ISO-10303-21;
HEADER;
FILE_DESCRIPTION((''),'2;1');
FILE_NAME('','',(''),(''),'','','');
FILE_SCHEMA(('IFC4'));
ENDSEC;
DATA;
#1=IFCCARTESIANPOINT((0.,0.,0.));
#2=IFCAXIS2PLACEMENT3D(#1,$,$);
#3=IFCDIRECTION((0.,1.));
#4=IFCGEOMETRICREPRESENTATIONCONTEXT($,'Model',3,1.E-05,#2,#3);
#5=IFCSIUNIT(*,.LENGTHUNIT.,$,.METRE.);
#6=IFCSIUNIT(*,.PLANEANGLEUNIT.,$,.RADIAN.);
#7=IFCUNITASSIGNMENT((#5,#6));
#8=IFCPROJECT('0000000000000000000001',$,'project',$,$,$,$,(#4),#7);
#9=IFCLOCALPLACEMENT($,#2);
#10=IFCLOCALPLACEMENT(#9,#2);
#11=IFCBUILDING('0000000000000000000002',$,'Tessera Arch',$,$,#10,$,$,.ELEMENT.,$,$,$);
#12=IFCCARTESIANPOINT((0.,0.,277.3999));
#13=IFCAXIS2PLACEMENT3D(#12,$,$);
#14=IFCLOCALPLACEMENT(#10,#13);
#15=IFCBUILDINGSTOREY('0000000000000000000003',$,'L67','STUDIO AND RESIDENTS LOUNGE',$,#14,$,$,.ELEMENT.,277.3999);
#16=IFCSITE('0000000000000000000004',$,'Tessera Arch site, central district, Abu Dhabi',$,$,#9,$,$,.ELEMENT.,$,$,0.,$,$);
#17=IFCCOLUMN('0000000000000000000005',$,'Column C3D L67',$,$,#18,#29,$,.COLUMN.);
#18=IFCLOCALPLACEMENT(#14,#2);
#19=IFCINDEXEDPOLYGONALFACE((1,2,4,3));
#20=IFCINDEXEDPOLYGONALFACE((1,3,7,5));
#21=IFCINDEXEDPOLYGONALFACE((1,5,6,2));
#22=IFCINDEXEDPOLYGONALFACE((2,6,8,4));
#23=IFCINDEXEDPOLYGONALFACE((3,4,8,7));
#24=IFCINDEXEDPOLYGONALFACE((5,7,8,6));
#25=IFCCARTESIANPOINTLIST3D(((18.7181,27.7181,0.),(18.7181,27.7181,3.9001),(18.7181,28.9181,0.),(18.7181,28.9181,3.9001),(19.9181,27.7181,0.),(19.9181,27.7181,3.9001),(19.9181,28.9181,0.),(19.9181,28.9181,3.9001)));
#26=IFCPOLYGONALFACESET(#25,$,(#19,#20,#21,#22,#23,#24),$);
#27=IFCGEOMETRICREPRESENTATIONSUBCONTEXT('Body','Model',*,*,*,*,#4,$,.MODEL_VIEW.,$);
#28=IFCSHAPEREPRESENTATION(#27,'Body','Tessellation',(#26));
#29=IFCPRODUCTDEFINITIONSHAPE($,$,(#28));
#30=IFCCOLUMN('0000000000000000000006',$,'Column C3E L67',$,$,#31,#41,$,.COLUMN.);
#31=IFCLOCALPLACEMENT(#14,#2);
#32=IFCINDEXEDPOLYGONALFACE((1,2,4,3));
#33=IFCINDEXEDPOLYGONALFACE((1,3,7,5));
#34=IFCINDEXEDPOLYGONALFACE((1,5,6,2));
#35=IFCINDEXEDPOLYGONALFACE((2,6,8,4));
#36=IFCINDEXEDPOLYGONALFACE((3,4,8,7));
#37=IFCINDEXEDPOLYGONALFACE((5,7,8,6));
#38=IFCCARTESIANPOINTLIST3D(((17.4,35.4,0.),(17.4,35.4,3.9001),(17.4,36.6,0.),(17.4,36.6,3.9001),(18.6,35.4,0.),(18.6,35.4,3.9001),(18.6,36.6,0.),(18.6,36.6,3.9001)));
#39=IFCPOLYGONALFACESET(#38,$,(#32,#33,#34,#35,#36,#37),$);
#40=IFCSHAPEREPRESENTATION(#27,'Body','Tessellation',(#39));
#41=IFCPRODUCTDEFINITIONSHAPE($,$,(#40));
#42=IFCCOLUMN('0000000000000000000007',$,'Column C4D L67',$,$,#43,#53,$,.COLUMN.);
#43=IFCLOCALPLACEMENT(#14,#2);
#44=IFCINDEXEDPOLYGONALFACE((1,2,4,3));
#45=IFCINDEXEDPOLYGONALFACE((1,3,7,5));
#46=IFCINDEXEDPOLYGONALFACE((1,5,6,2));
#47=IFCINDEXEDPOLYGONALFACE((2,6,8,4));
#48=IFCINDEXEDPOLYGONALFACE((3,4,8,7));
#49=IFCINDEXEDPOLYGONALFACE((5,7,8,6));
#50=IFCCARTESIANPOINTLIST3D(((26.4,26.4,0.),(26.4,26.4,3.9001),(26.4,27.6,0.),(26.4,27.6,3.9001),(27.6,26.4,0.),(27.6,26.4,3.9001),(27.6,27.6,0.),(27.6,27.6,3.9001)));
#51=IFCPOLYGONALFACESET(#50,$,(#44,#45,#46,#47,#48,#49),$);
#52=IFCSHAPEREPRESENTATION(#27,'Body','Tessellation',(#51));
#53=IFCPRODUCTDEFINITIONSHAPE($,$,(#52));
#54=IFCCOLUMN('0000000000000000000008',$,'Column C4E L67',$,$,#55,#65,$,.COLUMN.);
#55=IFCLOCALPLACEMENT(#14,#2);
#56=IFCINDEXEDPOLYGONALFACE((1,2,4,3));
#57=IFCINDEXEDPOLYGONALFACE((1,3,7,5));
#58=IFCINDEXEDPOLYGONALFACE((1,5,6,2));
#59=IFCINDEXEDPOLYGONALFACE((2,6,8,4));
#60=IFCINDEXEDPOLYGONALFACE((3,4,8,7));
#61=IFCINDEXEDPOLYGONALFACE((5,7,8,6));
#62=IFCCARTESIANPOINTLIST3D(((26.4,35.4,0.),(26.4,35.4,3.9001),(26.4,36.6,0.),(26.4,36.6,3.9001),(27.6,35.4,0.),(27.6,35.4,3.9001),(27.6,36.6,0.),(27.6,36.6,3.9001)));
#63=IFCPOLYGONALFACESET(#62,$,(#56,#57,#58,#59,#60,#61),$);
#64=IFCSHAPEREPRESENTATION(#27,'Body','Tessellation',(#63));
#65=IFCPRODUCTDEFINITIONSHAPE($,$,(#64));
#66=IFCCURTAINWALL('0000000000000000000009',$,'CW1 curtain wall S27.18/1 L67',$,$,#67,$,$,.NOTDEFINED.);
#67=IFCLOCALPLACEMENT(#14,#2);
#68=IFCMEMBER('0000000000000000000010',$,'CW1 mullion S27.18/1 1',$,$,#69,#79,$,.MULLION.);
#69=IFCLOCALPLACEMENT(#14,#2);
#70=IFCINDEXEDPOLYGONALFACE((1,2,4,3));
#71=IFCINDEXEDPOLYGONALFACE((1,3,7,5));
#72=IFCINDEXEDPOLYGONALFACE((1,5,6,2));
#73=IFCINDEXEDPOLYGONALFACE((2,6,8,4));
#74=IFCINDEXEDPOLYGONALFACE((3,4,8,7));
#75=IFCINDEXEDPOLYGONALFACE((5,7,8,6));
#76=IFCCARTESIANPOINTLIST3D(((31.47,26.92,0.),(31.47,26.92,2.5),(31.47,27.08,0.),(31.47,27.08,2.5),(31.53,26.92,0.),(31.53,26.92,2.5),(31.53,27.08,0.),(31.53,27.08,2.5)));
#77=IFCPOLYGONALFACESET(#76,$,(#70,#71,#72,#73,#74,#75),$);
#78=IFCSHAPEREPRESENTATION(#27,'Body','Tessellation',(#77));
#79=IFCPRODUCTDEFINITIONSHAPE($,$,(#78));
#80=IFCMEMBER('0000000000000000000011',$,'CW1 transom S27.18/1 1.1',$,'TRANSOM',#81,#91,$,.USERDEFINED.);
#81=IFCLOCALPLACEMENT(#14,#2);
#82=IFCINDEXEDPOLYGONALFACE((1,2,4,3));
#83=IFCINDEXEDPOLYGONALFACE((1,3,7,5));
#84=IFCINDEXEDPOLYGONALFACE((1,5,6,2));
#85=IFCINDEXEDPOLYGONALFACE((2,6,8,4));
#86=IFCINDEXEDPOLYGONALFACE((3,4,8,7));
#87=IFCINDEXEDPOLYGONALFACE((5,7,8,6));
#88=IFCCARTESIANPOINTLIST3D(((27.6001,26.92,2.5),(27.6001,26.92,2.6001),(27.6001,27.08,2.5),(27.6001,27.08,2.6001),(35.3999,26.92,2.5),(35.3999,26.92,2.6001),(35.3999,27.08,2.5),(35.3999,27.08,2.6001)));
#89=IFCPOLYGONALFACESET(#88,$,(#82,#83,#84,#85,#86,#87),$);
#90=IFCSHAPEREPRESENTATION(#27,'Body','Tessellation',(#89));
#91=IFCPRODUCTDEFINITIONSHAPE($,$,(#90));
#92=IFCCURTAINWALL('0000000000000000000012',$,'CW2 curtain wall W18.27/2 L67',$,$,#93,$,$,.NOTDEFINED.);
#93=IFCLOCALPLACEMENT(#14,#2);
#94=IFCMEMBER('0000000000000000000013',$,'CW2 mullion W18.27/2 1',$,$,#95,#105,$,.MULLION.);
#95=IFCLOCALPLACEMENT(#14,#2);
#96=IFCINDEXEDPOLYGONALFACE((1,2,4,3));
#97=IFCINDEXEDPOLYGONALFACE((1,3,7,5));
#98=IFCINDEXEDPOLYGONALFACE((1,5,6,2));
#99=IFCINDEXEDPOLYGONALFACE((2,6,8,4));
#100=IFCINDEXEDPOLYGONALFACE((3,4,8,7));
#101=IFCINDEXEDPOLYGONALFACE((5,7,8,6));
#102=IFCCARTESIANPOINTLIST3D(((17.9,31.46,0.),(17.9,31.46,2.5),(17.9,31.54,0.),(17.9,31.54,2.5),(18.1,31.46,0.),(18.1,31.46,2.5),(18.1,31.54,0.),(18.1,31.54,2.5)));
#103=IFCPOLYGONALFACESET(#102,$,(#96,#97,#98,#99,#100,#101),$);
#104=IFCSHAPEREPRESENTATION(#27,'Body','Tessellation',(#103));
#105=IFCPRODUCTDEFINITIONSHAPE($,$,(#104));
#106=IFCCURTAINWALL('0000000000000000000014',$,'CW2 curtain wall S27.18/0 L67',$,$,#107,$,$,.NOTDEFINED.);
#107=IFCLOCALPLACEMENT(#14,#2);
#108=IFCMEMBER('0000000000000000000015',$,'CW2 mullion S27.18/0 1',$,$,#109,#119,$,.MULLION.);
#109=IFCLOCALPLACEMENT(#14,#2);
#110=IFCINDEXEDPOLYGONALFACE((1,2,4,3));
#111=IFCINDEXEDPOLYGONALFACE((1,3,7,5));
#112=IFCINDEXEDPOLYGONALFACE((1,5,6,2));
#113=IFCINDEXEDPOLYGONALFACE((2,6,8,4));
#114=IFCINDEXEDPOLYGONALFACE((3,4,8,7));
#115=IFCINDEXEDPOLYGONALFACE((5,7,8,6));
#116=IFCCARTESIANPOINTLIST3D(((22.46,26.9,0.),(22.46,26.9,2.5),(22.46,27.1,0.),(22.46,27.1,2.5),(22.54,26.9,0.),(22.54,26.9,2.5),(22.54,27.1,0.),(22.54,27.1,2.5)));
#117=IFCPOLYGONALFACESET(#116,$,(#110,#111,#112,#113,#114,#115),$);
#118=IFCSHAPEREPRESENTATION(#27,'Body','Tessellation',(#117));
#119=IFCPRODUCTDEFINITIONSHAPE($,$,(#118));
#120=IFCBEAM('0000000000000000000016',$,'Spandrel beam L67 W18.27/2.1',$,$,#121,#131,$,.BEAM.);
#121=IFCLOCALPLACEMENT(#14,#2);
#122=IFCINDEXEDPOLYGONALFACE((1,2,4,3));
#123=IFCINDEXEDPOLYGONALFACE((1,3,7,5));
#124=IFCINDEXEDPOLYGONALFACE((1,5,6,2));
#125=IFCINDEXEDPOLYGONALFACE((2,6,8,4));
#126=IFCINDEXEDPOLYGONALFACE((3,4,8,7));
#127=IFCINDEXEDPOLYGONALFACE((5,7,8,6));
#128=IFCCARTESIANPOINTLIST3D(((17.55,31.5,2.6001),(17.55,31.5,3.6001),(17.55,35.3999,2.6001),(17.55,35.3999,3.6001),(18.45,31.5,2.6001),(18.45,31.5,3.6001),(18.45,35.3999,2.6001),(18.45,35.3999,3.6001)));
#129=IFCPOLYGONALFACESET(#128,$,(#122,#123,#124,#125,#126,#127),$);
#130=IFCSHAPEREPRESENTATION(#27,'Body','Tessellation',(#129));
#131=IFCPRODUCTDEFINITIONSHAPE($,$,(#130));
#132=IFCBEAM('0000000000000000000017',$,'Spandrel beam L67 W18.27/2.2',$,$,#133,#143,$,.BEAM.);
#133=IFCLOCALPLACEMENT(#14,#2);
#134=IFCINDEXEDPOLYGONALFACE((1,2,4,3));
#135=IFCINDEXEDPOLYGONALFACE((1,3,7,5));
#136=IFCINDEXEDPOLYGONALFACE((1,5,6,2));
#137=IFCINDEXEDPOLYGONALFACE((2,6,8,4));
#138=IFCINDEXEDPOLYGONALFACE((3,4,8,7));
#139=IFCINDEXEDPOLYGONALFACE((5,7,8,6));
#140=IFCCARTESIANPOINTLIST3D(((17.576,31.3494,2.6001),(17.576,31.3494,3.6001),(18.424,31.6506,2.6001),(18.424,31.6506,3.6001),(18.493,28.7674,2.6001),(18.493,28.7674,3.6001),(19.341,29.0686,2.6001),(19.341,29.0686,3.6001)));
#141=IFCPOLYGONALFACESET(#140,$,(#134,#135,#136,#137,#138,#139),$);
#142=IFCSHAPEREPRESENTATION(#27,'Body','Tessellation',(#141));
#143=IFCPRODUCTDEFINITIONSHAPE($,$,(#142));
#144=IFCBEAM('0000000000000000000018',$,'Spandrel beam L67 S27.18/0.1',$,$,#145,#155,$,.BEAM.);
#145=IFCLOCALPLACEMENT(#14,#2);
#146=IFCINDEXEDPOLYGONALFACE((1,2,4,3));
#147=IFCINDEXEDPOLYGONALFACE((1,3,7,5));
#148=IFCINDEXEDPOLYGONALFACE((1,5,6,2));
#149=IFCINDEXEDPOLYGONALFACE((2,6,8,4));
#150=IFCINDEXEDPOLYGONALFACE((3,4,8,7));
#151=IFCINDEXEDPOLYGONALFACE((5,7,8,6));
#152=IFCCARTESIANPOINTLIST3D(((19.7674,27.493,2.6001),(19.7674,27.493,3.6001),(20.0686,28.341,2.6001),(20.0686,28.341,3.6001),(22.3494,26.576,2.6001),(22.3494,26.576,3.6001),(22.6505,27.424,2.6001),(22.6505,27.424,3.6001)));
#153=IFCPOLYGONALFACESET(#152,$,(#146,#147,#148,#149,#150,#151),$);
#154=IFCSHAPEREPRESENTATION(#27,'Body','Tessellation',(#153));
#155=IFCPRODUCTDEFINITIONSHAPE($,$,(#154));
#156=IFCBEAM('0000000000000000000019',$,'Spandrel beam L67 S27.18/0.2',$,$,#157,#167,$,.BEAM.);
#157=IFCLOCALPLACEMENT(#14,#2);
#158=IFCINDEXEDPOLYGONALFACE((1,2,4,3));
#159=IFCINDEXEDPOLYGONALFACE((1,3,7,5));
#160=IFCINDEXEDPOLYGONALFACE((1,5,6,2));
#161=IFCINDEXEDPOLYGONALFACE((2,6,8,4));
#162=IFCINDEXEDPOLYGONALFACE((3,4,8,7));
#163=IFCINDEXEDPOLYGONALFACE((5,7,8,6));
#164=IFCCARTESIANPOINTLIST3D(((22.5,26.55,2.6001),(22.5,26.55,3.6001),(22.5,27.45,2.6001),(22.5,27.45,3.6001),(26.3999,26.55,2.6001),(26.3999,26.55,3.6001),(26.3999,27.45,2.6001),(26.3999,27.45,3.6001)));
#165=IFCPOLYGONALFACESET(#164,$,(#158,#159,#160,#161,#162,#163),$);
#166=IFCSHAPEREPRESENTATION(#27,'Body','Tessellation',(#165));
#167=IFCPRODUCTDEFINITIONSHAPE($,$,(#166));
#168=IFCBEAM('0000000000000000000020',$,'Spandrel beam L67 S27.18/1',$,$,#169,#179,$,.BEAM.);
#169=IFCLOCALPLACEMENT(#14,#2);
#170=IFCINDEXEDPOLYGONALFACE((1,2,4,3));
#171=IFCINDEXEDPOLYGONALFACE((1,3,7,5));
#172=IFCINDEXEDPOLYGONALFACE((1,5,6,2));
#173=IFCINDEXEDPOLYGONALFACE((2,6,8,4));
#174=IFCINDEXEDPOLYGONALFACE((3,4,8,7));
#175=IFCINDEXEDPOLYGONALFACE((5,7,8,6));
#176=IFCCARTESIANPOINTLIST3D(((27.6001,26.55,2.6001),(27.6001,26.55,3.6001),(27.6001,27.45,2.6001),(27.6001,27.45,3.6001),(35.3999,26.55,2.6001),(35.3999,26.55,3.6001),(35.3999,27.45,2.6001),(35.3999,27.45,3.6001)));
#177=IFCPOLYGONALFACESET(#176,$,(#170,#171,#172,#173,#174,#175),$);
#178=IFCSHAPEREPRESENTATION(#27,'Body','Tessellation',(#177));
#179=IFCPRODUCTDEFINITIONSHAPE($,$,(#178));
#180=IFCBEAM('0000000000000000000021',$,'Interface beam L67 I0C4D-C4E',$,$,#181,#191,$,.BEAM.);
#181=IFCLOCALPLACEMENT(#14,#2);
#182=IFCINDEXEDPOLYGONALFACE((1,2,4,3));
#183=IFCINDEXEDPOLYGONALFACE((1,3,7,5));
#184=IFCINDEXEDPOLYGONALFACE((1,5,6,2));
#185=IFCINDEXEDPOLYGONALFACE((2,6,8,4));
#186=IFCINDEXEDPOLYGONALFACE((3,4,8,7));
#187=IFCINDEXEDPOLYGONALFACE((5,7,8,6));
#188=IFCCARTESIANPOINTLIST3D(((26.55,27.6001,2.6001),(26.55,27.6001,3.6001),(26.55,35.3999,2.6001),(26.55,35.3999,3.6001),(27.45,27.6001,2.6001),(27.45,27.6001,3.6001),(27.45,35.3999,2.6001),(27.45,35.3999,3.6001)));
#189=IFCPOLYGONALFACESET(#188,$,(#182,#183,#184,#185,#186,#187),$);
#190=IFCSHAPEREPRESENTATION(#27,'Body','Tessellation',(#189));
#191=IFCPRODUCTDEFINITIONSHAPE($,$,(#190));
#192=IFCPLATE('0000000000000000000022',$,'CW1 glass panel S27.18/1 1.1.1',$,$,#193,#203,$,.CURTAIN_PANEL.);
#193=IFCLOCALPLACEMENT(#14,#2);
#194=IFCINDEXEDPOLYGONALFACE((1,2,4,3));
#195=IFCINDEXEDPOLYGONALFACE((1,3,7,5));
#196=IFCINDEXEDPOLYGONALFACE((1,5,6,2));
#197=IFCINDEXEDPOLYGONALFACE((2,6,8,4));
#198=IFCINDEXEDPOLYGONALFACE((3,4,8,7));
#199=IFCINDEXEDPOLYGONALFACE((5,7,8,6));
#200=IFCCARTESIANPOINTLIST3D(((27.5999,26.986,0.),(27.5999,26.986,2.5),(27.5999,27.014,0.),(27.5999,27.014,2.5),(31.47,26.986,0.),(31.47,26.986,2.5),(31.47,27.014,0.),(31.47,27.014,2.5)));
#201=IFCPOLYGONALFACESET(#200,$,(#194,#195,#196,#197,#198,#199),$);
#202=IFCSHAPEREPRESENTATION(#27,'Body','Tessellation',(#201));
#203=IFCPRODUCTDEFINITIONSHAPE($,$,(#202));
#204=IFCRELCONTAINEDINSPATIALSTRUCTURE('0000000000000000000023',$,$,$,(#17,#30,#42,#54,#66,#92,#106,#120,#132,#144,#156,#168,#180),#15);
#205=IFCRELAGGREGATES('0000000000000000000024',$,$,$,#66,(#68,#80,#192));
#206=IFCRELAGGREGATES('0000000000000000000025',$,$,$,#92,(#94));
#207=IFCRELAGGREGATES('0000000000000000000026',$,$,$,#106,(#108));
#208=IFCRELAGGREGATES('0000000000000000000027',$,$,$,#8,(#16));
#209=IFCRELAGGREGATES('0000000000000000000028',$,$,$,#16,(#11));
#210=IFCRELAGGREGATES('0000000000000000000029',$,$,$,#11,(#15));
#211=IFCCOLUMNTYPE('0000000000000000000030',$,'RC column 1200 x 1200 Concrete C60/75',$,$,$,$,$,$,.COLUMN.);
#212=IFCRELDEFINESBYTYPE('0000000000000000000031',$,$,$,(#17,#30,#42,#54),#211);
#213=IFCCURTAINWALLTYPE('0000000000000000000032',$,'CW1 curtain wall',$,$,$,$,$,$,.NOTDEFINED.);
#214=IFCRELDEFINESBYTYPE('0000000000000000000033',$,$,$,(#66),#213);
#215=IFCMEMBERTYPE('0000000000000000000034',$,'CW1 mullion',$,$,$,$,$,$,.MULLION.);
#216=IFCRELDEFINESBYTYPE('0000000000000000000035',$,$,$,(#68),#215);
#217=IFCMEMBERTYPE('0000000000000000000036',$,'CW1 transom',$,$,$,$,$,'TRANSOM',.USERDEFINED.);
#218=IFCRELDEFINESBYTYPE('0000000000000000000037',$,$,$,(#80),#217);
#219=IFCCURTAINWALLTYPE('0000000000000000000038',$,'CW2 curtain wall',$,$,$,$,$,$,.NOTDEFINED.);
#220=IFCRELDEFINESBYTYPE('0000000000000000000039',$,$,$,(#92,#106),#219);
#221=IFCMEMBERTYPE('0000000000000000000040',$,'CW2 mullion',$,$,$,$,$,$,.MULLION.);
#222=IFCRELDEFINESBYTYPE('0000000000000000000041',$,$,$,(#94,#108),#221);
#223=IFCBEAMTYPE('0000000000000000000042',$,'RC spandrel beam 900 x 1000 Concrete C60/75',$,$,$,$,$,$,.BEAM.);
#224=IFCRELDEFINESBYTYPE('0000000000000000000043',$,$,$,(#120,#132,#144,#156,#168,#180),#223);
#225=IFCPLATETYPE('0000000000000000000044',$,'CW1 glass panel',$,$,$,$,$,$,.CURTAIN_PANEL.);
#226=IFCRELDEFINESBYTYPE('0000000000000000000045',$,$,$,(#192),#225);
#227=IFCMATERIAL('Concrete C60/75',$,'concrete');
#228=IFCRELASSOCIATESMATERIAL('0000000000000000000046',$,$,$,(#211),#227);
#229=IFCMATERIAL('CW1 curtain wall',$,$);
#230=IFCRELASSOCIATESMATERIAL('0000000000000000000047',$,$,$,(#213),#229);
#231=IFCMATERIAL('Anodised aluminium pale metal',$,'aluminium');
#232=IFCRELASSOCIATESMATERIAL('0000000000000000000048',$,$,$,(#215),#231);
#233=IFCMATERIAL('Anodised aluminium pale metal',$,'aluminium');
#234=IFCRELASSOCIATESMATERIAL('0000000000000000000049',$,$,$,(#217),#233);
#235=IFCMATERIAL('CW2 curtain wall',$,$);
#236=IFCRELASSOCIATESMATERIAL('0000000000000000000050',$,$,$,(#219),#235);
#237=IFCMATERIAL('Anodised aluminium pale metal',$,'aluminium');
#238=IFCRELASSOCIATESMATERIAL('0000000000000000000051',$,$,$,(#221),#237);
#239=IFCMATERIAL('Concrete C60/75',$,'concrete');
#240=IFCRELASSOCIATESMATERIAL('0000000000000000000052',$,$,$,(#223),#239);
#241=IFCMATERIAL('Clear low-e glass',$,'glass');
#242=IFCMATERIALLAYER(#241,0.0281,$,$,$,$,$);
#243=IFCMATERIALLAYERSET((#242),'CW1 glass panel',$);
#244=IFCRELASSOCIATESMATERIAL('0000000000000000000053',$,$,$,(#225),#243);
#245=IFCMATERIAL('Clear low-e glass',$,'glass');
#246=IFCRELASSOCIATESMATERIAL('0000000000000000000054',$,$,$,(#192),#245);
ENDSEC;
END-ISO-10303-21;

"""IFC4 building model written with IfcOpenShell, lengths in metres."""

from ifc_helpers import new_model, si_unit, direction, frame, origin, origin_2d, place, context, subcontext, project, spatial, rectangle, extrude, material, layer, layer_set, material_profile, profile_set, type_object, element, aggregate, save


model = new_model("IFC4")

# Units and contexts
model_context = context("Model", 3, precision=1e-05, world=origin(), true_north=direction((0.0, 1.0)))
body_context = subcontext(model_context, "Body", "Model", "MODEL_VIEW")
ifc_project = project(units=[si_unit("LENGTHUNIT", "METRE"), si_unit("PLANEANGLEUNIT", "RADIAN")], contexts=[model_context])

# Site, building, storey
site_placement = place(None, origin())
site = spatial("IfcSite", under=ifc_project, at=site_placement, Name="Tessera Arch site, central district, Abu Dhabi", CompositionType="ELEMENT", RefElevation=0.0)
building_placement = place(site_placement, origin())
building = spatial("IfcBuilding", under=site, at=building_placement, Name="Tessera Arch", CompositionType="ELEMENT")
storey_placement = place(building_placement, frame((0.0, 0.0, 277.3999)))
storey = spatial("IfcBuildingStorey", under=building, at=storey_placement, Name="L67", Description="STUDIO AND RESIDENTS LOUNGE", CompositionType="ELEMENT", Elevation=277.3999)

# Columns
ifc_material_1 = material(Name="Concrete C60/75", Category="concrete")
ifc_material_profile_1 = material_profile(ifc_material_1, rectangle(XDim=1.2, YDim=1.2, at=origin_2d()), Name="RC column 1200 x 1200 Concrete C60/75")
ifc_profile_set_1 = profile_set([ifc_material_profile_1], Name="Concrete C60/75")
column_type = type_object("IfcColumnType", Name="RC column 1200 x 1200 Concrete C60/75", PredefinedType="COLUMN", material=ifc_profile_set_1)
for number, where, z_axis, x_axis, name in (
    (1, (19.3181, 28.3181, 0.0), (0.0, 0.0, 1.0), (1.0, 0.0, 0.0), "Column C3D L67"),
    (2, (18.0, 36.0, 0.0), (0.0, 0.0, 1.0), (1.0, 0.0, 0.0), "Column C3E L67"),
    (3, (27.0, 27.0, 0.0), (0.0, 0.0, 1.0), (1.0, 0.0, 0.0), "Column C4D L67"),
    (4, (27.0, 36.0, 0.0), (0.0, 0.0, 1.0), (1.0, 0.0, 0.0), "Column C4E L67"),
):
    element("IfcColumn", number, at=place(storey_placement, frame(where, z_axis=z_axis, x_axis=x_axis)), inside=storey, type_object=column_type, Name=name, PredefinedType="COLUMN", context=body_context, shape_type="SweptSolid", body=[
        extrude(rectangle(XDim=1.2, YDim=1.2, at=origin_2d()), origin(), (0.0, 0.0, 1.0), 3.9001),
    ])

# Curtain wall, members
ifc_material_2 = material(Name="CW1 curtain wall")
curtain_wall_type_1 = type_object("IfcCurtainWallType", Name="CW1 curtain wall", PredefinedType="NOTDEFINED", material=ifc_material_2)
curtain_wall_1_placement = place(storey_placement, origin())
curtain_wall_1 = element("IfcCurtainWall", 5, at=curtain_wall_1_placement, inside=storey, type_object=curtain_wall_type_1, Name="CW1 curtain wall S27.18/1 L67", PredefinedType="NOTDEFINED")
ifc_material_3 = material(Name="Anodised aluminium pale metal", Category="aluminium")
ifc_material_profile_2 = material_profile(ifc_material_3, rectangle(XDim=0.1599, YDim=0.0601, at=origin_2d()), Name="AL 60x160")
ifc_profile_set_2 = profile_set([ifc_material_profile_2], Name="Anodised aluminium pale metal")
member_type_1 = type_object("IfcMemberType", Name="CW1 mullion", PredefinedType="MULLION", material=ifc_profile_set_2)
member_1_placement = place(storey_placement, frame((31.5, 27.0, 0.0), z_axis=(0.0, 0.0, 1.0), x_axis=(0.0, 1.0, 0.0)))
member_1 = element("IfcMember", 6, at=member_1_placement, type_object=member_type_1, Name="CW1 mullion S27.18/1 1", PredefinedType="MULLION", context=body_context, shape_type="SweptSolid", body=[
    extrude(rectangle(XDim=0.1599, YDim=0.0601, at=origin_2d()), origin(), (0.0, 0.0, 1.0), 2.5),
])
ifc_material_4 = material(Name="Anodised aluminium pale metal", Category="aluminium")
ifc_material_profile_3 = material_profile(ifc_material_4, rectangle(XDim=0.1599, YDim=0.1001, at=origin_2d()), Name="AL 160x100")
ifc_profile_set_3 = profile_set([ifc_material_profile_3], Name="Anodised aluminium pale metal")
member_type_2 = type_object("IfcMemberType", Name="CW1 transom", ElementType="TRANSOM", PredefinedType="USERDEFINED", material=ifc_profile_set_3)
member_2_placement = place(storey_placement, frame((27.6001, 27.0, 2.55), z_axis=(1.0, 0.0, 0.0), x_axis=(0.0, 1.0, 0.0)))
member_2 = element("IfcMember", 7, at=member_2_placement, type_object=member_type_2, Name="CW1 transom S27.18/1 1.1", ObjectType="TRANSOM", PredefinedType="USERDEFINED", context=body_context, shape_type="SweptSolid", body=[
    extrude(rectangle(XDim=0.1599, YDim=0.1001, at=origin_2d()), origin(), (0.0, 0.0, 1.0), 7.7998),
])

# Curtain walls, members
ifc_material_5 = material(Name="CW2 curtain wall")
curtain_wall_type_2 = type_object("IfcCurtainWallType", Name="CW2 curtain wall", PredefinedType="NOTDEFINED", material=ifc_material_5)
curtain_wall_2_placement = place(storey_placement, origin())
curtain_wall_2 = element("IfcCurtainWall", 8, at=curtain_wall_2_placement, inside=storey, type_object=curtain_wall_type_2, Name="CW2 curtain wall W18.27/2 L67", PredefinedType="NOTDEFINED")
ifc_material_6 = material(Name="Anodised aluminium pale metal", Category="aluminium")
ifc_material_profile_4 = material_profile(ifc_material_6, rectangle(XDim=0.2, YDim=0.0801, at=origin_2d()), Name="AL 80x200")
ifc_profile_set_4 = profile_set([ifc_material_profile_4], Name="Anodised aluminium pale metal")
member_type_3 = type_object("IfcMemberType", Name="CW2 mullion", PredefinedType="MULLION", material=ifc_profile_set_4)
member_3_placement = place(storey_placement, frame((18.0, 31.5, 0.0), z_axis=(0.0, 0.0, 1.0), x_axis=(1.0, 0.0, 0.0)))
member_3 = element("IfcMember", 9, at=member_3_placement, type_object=member_type_3, Name="CW2 mullion W18.27/2 1", PredefinedType="MULLION", context=body_context, shape_type="SweptSolid", body=[
    extrude(rectangle(XDim=0.2, YDim=0.0801, at=origin_2d()), origin(), (0.0, 0.0, 1.0), 2.5),
])
curtain_wall_3_placement = place(storey_placement, origin())
curtain_wall_3 = element("IfcCurtainWall", 10, at=curtain_wall_3_placement, inside=storey, type_object=curtain_wall_type_2, Name="CW2 curtain wall S27.18/0 L67", PredefinedType="NOTDEFINED")
member_4_placement = place(storey_placement, frame((22.5, 27.0, 0.0), z_axis=(0.0, 0.0, 1.0), x_axis=(0.0, 1.0, 0.0)))
member_4 = element("IfcMember", 11, at=member_4_placement, type_object=member_type_3, Name="CW2 mullion S27.18/0 1", PredefinedType="MULLION", context=body_context, shape_type="SweptSolid", body=[
    extrude(rectangle(XDim=0.2, YDim=0.0801, at=origin_2d()), origin(), (0.0, 0.0, 1.0), 2.5),
])

# Beams
ifc_material_7 = material(Name="Concrete C60/75", Category="concrete")
ifc_material_profile_5 = material_profile(ifc_material_7, rectangle(XDim=0.8999, YDim=1.0, at=origin_2d()), Name="RC spandrel beam 900 x 1000 Concrete C60/75")
ifc_profile_set_5 = profile_set([ifc_material_profile_5], Name="Concrete C60/75")
beam_type = type_object("IfcBeamType", Name="RC spandrel beam 900 x 1000 Concrete C60/75", PredefinedType="BEAM", material=ifc_profile_set_5)
beam_1_placement = place(storey_placement, frame((18.0, 35.3999, 3.1001), z_axis=(0.0, -1.0, 0.0), x_axis=(1.0, 0.0, 0.0)))
element("IfcBeam", 12, at=beam_1_placement, inside=storey, type_object=beam_type, Name="Spandrel beam L67 W18.27/2.1", PredefinedType="BEAM", context=body_context, shape_type="SweptSolid", body=[
    extrude(rectangle(XDim=0.8999, YDim=1.0, at=origin_2d()), origin(), (0.0, 0.0, 1.0), 3.8999),
])
for number, where, z_axis, x_axis, name in (
    (13, (18.0, 31.5, 3.1001), (0.334665, -0.942337, 0.0), (0.942337, 0.334665, 0.0), "Spandrel beam L67 W18.27/2.2"),
    (14, (19.918, 27.917, 3.1001), (0.942337, -0.334665, 0.0), (0.334665, 0.942337, 0.0), "Spandrel beam L67 S27.18/0.1"),
):
    element("IfcBeam", number, at=place(storey_placement, frame(where, z_axis=z_axis, x_axis=x_axis)), inside=storey, type_object=beam_type, Name=name, PredefinedType="BEAM", context=body_context, shape_type="SweptSolid", body=[
        extrude(rectangle(XDim=0.8999, YDim=1.0, at=origin_2d()), origin(), (0.0, 0.0, 1.0), 2.74),
    ])
beam_2_placement = place(storey_placement, frame((22.5, 27.0, 3.1001), z_axis=(1.0, 0.0, 0.0), x_axis=(0.0, 1.0, 0.0)))
element("IfcBeam", 15, at=beam_2_placement, inside=storey, type_object=beam_type, Name="Spandrel beam L67 S27.18/0.2", PredefinedType="BEAM", context=body_context, shape_type="SweptSolid", body=[
    extrude(rectangle(XDim=0.8999, YDim=1.0, at=origin_2d()), origin(), (0.0, 0.0, 1.0), 3.8999),
])
for number, where, z_axis, x_axis, name in (
    (16, (27.6001, 27.0, 3.1001), (1.0, 0.0, 0.0), (0.0, 1.0, 0.0), "Spandrel beam L67 S27.18/1"),
    (17, (27.0, 27.6001, 3.1001), (0.0, 1.0, 0.0), (-1.0, 0.0, 0.0), "Interface beam L67 I0C4D-C4E"),
):
    element("IfcBeam", number, at=place(storey_placement, frame(where, z_axis=z_axis, x_axis=x_axis)), inside=storey, type_object=beam_type, Name=name, PredefinedType="BEAM", context=body_context, shape_type="SweptSolid", body=[
        extrude(rectangle(XDim=0.8999, YDim=1.0, at=origin_2d()), origin(), (0.0, 0.0, 1.0), 7.7998),
    ])

# Plate
ifc_material_8 = material(Name="Clear low-e glass", Category="glass")
ifc_material_9 = material(Name="Clear low-e glass", Category="glass")
ifc_layer_1 = layer(ifc_material_9, 0.0281)
ifc_layer_set_1 = layer_set([ifc_layer_1], Name="CW1 glass panel")
plate_type_1 = type_object("IfcPlateType", Name="CW1 glass panel", PredefinedType="CURTAIN_PANEL", material=ifc_layer_set_1)
plate_1_placement = place(storey_placement, frame((29.5349, 27.0, 0.0), z_axis=(0.0, 0.0, 1.0), x_axis=(1.0, 0.0, 0.0)))
plate_1 = element("IfcPlate", 18, at=plate_1_placement, type_object=plate_type_1, material=ifc_material_8, Name="CW1 glass panel S27.18/1 1.1.1", PredefinedType="CURTAIN_PANEL", context=body_context, shape_type="SweptSolid", body=[
    extrude(rectangle(XDim=3.8701, YDim=0.0281, at=origin_2d()), origin(), (0.0, 0.0, 1.0), 2.5),
])
aggregate(curtain_wall_1, [member_1, member_2, plate_1])
aggregate(curtain_wall_2, [member_3])
aggregate(curtain_wall_3, [member_4])

save(model, "model.ifc")
